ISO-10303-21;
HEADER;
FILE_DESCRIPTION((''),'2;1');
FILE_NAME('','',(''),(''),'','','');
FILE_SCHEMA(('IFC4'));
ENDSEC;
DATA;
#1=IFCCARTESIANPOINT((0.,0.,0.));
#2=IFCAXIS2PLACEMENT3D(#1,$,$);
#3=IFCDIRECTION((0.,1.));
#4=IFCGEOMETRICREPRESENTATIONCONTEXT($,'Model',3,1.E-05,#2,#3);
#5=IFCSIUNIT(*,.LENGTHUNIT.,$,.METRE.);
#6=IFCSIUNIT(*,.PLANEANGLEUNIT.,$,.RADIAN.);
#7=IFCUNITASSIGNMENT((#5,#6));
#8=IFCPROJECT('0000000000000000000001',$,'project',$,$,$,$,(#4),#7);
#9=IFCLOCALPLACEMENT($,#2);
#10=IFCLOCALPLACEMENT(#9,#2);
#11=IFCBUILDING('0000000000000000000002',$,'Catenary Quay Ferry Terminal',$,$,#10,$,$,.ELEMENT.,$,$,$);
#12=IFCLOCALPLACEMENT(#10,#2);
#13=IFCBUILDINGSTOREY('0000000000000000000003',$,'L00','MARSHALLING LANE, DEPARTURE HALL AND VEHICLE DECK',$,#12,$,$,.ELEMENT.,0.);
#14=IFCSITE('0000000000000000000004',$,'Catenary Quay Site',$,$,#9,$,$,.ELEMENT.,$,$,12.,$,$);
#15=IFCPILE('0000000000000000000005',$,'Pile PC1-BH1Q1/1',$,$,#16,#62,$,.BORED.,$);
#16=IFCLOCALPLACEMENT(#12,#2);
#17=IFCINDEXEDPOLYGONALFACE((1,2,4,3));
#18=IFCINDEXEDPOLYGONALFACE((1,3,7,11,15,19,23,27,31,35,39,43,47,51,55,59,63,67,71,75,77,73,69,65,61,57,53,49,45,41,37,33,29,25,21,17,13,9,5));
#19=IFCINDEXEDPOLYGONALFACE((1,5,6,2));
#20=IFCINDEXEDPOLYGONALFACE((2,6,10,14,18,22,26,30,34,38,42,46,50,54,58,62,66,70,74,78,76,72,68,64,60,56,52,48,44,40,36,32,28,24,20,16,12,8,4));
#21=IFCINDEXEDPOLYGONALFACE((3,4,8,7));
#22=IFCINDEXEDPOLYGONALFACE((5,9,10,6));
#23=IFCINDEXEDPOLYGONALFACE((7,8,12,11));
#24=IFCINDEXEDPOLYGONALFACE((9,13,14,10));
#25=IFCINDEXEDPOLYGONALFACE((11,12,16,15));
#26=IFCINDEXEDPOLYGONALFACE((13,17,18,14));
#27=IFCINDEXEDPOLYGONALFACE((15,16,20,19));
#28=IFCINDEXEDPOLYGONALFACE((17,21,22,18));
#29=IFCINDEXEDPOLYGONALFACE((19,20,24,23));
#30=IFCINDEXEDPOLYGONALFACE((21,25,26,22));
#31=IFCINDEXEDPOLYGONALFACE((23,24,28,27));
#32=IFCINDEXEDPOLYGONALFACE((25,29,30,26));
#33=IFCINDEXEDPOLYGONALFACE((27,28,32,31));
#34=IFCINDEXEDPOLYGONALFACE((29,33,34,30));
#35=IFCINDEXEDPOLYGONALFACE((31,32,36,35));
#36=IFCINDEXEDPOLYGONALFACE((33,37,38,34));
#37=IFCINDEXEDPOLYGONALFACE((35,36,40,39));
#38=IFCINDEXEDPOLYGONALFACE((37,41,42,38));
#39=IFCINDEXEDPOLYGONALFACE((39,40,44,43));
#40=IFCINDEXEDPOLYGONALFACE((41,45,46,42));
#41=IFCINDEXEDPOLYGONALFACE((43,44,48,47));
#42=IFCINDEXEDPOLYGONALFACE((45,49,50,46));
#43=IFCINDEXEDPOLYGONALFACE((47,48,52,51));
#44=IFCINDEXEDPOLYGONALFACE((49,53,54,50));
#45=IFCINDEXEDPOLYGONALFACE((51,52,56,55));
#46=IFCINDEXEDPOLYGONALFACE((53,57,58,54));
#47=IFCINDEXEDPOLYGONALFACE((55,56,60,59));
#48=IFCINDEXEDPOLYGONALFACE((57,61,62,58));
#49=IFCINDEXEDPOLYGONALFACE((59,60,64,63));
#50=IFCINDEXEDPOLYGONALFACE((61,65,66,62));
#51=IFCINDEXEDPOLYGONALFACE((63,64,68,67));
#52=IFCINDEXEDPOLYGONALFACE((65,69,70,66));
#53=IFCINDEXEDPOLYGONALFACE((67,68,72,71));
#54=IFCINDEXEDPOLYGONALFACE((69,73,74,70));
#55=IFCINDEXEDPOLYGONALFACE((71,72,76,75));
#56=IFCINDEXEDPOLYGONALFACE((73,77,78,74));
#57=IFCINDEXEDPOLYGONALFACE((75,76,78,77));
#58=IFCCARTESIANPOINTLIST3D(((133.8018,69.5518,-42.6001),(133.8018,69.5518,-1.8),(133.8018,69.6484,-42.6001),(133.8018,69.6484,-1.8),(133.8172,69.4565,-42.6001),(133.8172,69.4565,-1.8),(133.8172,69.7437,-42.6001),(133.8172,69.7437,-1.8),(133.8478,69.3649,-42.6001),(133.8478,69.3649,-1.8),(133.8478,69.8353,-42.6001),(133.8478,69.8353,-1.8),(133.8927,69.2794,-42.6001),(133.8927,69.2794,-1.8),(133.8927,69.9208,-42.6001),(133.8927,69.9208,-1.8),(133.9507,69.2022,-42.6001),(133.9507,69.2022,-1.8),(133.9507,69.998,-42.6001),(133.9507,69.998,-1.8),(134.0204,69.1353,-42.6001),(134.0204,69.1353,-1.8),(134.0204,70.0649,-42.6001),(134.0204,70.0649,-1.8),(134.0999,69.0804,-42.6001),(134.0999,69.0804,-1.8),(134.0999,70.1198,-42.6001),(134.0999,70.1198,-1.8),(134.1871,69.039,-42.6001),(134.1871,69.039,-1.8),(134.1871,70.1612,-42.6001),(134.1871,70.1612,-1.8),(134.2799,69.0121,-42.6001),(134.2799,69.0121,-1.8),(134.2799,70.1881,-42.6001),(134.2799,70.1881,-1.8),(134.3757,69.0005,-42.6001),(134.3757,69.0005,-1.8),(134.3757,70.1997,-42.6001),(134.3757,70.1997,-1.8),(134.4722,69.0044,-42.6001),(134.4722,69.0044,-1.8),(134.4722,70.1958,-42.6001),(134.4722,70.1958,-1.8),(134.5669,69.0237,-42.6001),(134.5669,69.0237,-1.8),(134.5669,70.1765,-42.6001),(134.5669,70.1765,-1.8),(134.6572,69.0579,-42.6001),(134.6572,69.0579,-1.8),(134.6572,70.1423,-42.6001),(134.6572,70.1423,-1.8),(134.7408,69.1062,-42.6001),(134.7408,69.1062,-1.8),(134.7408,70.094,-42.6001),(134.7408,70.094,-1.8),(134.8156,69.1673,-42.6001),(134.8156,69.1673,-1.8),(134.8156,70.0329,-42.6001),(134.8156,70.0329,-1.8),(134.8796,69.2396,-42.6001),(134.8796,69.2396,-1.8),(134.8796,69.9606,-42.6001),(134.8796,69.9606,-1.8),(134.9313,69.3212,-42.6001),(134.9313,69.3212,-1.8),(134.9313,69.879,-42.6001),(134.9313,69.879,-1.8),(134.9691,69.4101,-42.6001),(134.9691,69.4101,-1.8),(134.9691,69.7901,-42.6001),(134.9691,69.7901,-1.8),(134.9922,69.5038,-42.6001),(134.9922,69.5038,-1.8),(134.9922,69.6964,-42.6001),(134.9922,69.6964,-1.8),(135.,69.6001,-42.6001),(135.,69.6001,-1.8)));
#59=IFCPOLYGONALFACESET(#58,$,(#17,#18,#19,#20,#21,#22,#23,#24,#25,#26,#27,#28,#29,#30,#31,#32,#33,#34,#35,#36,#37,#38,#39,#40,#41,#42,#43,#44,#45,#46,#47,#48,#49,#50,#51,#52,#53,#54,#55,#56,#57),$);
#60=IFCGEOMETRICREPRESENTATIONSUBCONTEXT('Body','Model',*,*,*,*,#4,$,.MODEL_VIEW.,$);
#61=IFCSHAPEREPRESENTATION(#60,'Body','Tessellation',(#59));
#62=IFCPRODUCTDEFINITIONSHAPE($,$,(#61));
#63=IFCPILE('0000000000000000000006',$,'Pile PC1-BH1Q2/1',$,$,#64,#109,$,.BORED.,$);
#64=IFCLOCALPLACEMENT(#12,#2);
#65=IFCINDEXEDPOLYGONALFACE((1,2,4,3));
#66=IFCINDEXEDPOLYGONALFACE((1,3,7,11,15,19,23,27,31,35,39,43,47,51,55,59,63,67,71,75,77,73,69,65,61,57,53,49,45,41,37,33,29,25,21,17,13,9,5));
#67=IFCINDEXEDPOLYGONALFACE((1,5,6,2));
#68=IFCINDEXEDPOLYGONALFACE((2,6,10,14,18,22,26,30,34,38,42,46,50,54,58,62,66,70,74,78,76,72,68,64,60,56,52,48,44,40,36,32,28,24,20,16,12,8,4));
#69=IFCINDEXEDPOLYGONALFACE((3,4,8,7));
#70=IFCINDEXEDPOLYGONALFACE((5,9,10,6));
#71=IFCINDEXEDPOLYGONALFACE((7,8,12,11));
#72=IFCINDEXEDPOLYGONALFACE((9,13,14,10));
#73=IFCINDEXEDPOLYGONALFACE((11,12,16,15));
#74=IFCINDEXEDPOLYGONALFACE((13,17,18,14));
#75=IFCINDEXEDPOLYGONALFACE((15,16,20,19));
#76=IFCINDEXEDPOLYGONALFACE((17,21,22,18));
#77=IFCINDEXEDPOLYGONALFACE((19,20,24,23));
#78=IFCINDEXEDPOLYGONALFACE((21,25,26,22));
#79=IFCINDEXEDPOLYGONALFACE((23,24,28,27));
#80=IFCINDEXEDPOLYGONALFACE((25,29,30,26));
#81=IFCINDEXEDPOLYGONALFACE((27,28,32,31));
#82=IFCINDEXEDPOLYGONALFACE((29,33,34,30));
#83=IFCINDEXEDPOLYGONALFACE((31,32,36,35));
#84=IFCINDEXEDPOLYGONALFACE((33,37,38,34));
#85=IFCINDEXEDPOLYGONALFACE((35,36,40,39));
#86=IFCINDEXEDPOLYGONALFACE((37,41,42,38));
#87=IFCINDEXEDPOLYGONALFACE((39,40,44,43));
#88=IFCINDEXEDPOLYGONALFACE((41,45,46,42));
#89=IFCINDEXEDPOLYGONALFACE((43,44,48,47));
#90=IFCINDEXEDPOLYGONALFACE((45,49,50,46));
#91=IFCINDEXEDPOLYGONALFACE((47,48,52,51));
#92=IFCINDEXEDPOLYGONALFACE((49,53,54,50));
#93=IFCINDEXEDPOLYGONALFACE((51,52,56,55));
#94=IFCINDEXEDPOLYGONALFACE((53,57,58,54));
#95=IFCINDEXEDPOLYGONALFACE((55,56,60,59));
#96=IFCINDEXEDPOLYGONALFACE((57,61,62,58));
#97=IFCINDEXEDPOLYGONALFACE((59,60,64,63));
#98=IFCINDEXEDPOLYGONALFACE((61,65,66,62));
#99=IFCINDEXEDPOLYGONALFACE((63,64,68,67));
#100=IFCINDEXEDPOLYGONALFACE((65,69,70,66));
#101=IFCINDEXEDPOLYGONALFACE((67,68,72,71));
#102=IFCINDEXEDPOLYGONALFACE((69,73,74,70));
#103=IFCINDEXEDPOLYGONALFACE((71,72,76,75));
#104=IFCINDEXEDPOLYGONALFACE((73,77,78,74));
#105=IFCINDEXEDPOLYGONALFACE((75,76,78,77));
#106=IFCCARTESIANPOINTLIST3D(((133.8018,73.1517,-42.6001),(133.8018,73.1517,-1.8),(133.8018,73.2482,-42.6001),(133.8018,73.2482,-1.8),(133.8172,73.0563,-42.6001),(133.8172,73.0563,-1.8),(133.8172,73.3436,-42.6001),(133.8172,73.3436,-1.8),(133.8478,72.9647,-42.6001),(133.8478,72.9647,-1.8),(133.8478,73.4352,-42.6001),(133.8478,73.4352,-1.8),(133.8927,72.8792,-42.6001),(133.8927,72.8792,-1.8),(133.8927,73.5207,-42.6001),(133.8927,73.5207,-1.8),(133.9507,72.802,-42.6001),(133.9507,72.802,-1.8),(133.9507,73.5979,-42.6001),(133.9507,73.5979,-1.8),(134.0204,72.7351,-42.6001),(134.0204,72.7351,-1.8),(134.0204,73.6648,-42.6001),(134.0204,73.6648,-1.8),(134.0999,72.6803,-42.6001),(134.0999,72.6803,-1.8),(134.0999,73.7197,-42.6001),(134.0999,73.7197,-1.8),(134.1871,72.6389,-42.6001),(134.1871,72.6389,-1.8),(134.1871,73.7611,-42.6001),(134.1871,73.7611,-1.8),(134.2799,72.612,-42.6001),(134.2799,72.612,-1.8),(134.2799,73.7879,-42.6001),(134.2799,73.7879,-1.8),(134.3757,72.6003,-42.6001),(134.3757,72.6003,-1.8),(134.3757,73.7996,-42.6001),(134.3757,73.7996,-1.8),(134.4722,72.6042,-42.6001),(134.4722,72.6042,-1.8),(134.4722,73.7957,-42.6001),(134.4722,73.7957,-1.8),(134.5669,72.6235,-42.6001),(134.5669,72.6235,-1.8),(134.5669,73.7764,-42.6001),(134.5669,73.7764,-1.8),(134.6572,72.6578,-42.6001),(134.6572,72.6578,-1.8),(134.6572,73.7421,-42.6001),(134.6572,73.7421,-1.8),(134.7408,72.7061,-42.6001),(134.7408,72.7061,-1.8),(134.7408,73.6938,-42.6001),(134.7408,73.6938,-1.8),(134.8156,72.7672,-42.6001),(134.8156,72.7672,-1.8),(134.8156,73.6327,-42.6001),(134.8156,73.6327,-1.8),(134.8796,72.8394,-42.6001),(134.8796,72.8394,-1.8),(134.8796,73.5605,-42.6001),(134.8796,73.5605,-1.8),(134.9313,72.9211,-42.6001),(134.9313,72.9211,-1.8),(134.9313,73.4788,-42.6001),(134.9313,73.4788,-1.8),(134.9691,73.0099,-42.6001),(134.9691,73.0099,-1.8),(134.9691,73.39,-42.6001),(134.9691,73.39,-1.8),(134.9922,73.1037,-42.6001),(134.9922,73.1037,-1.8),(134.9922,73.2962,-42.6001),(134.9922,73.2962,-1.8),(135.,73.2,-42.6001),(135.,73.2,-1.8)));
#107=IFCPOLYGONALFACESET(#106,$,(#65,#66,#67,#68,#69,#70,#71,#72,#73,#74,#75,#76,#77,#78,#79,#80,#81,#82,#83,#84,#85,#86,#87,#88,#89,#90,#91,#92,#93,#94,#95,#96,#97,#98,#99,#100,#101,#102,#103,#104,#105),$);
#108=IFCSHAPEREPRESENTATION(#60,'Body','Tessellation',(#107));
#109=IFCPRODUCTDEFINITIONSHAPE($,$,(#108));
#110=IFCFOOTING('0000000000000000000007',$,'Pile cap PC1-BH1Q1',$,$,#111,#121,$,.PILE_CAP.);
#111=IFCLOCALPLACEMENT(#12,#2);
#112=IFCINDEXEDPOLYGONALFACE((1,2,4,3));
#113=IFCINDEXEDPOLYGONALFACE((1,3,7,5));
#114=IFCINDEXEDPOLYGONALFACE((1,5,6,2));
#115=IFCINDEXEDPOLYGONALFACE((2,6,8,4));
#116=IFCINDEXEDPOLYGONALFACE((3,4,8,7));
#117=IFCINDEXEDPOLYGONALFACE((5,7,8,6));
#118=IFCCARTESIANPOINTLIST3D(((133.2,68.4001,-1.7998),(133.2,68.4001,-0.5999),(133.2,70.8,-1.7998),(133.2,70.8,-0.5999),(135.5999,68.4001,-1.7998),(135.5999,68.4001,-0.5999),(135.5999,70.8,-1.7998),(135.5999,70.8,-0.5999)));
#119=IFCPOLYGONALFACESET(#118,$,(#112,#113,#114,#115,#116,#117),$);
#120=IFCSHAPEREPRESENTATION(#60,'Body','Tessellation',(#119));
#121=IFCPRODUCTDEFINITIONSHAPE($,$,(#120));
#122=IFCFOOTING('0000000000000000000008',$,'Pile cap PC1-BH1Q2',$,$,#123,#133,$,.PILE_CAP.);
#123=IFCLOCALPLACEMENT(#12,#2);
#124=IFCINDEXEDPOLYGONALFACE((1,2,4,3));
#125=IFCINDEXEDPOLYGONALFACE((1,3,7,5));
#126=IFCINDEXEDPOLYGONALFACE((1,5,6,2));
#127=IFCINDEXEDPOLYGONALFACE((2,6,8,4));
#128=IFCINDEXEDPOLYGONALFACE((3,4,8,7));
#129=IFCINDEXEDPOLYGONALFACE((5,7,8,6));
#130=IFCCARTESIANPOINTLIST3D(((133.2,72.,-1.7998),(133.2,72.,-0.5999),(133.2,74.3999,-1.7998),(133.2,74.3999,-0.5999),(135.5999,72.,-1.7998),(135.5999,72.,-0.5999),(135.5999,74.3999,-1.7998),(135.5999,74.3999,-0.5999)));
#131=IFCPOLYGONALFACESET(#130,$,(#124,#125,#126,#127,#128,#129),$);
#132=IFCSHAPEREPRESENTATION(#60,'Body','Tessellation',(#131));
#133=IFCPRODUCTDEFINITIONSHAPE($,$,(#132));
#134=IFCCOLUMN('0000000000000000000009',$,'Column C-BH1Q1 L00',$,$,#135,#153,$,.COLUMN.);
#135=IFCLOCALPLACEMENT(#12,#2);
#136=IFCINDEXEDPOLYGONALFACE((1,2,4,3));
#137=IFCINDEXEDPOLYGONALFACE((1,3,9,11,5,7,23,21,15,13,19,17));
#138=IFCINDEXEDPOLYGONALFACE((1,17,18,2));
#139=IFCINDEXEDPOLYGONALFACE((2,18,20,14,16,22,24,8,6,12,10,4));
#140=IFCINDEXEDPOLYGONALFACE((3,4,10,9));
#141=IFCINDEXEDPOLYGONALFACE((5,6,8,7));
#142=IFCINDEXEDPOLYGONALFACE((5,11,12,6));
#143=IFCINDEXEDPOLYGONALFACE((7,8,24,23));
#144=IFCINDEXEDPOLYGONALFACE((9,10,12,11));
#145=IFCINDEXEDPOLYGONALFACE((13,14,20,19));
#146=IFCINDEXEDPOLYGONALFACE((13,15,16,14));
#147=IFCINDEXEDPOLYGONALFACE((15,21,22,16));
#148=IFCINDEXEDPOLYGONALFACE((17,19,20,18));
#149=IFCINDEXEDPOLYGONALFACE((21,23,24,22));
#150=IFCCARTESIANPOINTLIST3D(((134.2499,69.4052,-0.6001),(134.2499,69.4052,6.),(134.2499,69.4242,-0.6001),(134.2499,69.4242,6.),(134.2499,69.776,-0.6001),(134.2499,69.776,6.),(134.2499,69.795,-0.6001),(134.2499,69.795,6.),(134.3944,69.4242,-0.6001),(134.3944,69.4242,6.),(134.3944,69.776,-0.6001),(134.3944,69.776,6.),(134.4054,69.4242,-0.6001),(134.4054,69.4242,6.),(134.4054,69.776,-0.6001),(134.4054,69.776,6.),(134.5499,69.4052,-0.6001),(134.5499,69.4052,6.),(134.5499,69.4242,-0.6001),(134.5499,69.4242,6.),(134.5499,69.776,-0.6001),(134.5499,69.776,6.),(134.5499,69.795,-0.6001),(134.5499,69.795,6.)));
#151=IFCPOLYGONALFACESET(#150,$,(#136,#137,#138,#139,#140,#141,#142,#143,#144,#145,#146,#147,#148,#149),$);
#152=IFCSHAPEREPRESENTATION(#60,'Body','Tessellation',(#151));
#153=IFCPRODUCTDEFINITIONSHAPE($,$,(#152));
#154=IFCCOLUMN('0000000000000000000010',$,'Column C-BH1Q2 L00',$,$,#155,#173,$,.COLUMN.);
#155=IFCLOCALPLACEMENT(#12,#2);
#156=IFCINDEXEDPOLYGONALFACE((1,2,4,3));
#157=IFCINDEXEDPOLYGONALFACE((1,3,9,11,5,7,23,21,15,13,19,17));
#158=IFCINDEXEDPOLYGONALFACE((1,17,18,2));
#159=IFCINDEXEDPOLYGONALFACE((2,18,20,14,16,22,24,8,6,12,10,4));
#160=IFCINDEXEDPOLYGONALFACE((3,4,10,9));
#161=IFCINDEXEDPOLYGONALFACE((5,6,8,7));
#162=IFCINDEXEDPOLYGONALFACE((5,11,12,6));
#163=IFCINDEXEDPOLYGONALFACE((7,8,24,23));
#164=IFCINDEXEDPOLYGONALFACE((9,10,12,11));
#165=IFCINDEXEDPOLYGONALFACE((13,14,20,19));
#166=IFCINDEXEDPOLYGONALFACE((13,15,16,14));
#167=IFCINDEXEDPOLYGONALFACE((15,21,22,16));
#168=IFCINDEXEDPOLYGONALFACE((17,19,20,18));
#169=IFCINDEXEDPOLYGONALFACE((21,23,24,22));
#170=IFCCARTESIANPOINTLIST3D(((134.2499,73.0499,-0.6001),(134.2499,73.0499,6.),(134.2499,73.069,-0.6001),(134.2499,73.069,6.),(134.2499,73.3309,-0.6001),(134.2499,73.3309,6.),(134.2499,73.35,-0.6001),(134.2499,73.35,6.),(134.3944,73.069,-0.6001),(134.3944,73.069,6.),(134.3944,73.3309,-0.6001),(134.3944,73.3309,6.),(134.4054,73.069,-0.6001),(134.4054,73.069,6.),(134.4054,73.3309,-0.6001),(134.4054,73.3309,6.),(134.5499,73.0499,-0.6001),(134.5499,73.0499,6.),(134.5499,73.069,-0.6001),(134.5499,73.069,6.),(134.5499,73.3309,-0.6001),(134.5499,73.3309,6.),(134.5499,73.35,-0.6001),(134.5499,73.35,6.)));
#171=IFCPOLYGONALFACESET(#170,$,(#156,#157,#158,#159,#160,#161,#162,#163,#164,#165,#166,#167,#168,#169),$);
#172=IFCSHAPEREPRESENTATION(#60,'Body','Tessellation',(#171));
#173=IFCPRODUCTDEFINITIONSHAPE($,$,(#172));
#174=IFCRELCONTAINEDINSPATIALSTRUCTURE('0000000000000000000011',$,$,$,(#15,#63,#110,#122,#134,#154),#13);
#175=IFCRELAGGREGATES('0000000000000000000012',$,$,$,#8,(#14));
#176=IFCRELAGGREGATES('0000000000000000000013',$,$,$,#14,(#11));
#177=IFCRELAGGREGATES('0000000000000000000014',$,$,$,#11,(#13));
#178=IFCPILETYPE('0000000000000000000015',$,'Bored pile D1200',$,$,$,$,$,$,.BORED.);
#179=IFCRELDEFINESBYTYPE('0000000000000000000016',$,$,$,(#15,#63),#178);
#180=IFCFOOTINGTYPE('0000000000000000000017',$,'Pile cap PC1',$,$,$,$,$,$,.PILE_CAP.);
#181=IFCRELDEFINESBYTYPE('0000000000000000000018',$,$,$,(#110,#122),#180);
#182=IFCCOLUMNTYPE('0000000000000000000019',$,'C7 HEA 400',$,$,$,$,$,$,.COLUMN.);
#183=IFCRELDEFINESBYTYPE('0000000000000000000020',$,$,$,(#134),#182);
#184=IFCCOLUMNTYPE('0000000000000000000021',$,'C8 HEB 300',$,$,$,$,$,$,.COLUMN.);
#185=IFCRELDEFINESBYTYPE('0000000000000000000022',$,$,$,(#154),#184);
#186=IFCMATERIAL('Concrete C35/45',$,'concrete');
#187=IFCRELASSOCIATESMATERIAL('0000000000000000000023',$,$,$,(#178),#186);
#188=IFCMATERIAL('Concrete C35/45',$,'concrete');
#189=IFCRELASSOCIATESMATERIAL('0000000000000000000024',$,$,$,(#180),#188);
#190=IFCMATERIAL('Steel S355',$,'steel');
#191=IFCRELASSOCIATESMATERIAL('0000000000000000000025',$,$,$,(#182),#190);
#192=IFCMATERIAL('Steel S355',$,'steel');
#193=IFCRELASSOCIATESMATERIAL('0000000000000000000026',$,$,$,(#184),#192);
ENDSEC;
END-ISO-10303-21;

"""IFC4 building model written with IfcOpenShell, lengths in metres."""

from ifc_helpers import new_model, si_unit, direction, frame, origin, origin_2d, place, context, subcontext, project, spatial, rectangle, circle, i_section, extrude, material, material_profile, profile_set, type_object, element, save


model = new_model("IFC4")

# Units and contexts
model_context = context("Model", 3, precision=1e-05, world=origin(), true_north=direction((0.0, 1.0)))
body_context = subcontext(model_context, "Body", "Model", "MODEL_VIEW")
ifc_project = project(units=[si_unit("LENGTHUNIT", "METRE"), si_unit("PLANEANGLEUNIT", "RADIAN")], contexts=[model_context])

# Site, building, storey
site_placement = place(None, origin())
site = spatial("IfcSite", under=ifc_project, at=site_placement, Name="Catenary Quay Site", CompositionType="ELEMENT", RefElevation=12.0)
building_placement = place(site_placement, origin())
building = spatial("IfcBuilding", under=site, at=building_placement, Name="Catenary Quay Ferry Terminal", CompositionType="ELEMENT")
storey_placement = place(building_placement, origin())
storey = spatial("IfcBuildingStorey", under=building, at=storey_placement, Name="L00", Description="MARSHALLING LANE, DEPARTURE HALL AND VEHICLE DECK", CompositionType="ELEMENT", Elevation=0.0)

# Piles
ifc_material_1 = material(Name="Concrete C35/45", Category="concrete")
ifc_material_profile_1 = material_profile(ifc_material_1, circle(Radius=0.6001, at=origin_2d()), Name="D1200")
ifc_profile_set_1 = profile_set([ifc_material_profile_1], Name="Concrete C35/45")
pile_type = type_object("IfcPileType", Name="Bored pile D1200", PredefinedType="BORED", material=ifc_profile_set_1)
for number, where, z_axis, x_axis, name in (
    (1, (134.3999, 69.6001, -1.8), (0.0, 0.0, -1.0), (1.0, 0.0, 0.0), "Pile PC1-BH1Q1/1"),
    (2, (134.3999, 73.2, -1.8), (0.0, 0.0, -1.0), (1.0, 0.0, 0.0), "Pile PC1-BH1Q2/1"),
):
    element("IfcPile", number, at=place(storey_placement, frame(where, z_axis=z_axis, x_axis=x_axis)), inside=storey, type_object=pile_type, Name=name, PredefinedType="BORED", context=body_context, shape_type="SweptSolid", body=[
        extrude(circle(Radius=0.6001, at=origin_2d()), origin(), (0.0, 0.0, 1.0), 40.8),
    ])

# Footings
ifc_material_2 = material(Name="Concrete C35/45", Category="concrete")
footing_type = type_object("IfcFootingType", Name="Pile cap PC1", PredefinedType="PILE_CAP", material=ifc_material_2)
for number, where, z_axis, x_axis, name in (
    (3, (134.3999, 69.6001, -1.7998), (0.0, 0.0, 1.0), (1.0, 0.0, 0.0), "Pile cap PC1-BH1Q1"),
    (4, (134.3999, 73.2, -1.7998), (0.0, 0.0, 1.0), (1.0, 0.0, 0.0), "Pile cap PC1-BH1Q2"),
):
    element("IfcFooting", number, at=place(storey_placement, frame(where, z_axis=z_axis, x_axis=x_axis)), inside=storey, type_object=footing_type, Name=name, PredefinedType="PILE_CAP", context=body_context, shape_type="SweptSolid", body=[
        extrude(rectangle(XDim=2.3999, YDim=2.3999, at=origin_2d()), origin(), (0.0, 0.0, 1.0), 1.2),
    ])

# Columns
ifc_material_3 = material(Name="Steel S355", Category="steel")
ifc_material_profile_2 = material_profile(ifc_material_3, i_section(OverallWidth=0.3, OverallDepth=0.3899, WebThickness=0.011, FlangeThickness=0.019, at=origin_2d()), Name="HEA 400")
ifc_profile_set_2 = profile_set([ifc_material_profile_2], Name="Steel S355")
column_type_1 = type_object("IfcColumnType", Name="C7 HEA 400", PredefinedType="COLUMN", material=ifc_profile_set_2)
column_1_placement = place(storey_placement, frame((134.3999, 69.6001, -0.6001), z_axis=(0.0, 0.0, 1.0), x_axis=(1.0, 0.0, 0.0)))
element("IfcColumn", 5, at=column_1_placement, inside=storey, type_object=column_type_1, Name="Column C-BH1Q1 L00", PredefinedType="COLUMN", context=body_context, shape_type="SweptSolid", body=[
    extrude(i_section(OverallWidth=0.3, OverallDepth=0.3899, WebThickness=0.011, FlangeThickness=0.019, at=origin_2d()), origin(), (0.0, 0.0, 1.0), 6.6001),
])
ifc_material_4 = material(Name="Steel S355", Category="steel")
ifc_material_profile_3 = material_profile(ifc_material_4, i_section(OverallWidth=0.3, OverallDepth=0.3, WebThickness=0.011, FlangeThickness=0.019, at=origin_2d()), Name="HEB 300")
ifc_profile_set_3 = profile_set([ifc_material_profile_3], Name="Steel S355")
column_type_2 = type_object("IfcColumnType", Name="C8 HEB 300", PredefinedType="COLUMN", material=ifc_profile_set_3)
column_2_placement = place(storey_placement, frame((134.3999, 73.2, -0.6001), z_axis=(0.0, 0.0, 1.0), x_axis=(1.0, 0.0, 0.0)))
element("IfcColumn", 6, at=column_2_placement, inside=storey, type_object=column_type_2, Name="Column C-BH1Q2 L00", PredefinedType="COLUMN", context=body_context, shape_type="SweptSolid", body=[
    extrude(i_section(OverallWidth=0.3, OverallDepth=0.3, WebThickness=0.011, FlangeThickness=0.019, at=origin_2d()), origin(), (0.0, 0.0, 1.0), 6.6001),
])

save(model, "model.ifc")
